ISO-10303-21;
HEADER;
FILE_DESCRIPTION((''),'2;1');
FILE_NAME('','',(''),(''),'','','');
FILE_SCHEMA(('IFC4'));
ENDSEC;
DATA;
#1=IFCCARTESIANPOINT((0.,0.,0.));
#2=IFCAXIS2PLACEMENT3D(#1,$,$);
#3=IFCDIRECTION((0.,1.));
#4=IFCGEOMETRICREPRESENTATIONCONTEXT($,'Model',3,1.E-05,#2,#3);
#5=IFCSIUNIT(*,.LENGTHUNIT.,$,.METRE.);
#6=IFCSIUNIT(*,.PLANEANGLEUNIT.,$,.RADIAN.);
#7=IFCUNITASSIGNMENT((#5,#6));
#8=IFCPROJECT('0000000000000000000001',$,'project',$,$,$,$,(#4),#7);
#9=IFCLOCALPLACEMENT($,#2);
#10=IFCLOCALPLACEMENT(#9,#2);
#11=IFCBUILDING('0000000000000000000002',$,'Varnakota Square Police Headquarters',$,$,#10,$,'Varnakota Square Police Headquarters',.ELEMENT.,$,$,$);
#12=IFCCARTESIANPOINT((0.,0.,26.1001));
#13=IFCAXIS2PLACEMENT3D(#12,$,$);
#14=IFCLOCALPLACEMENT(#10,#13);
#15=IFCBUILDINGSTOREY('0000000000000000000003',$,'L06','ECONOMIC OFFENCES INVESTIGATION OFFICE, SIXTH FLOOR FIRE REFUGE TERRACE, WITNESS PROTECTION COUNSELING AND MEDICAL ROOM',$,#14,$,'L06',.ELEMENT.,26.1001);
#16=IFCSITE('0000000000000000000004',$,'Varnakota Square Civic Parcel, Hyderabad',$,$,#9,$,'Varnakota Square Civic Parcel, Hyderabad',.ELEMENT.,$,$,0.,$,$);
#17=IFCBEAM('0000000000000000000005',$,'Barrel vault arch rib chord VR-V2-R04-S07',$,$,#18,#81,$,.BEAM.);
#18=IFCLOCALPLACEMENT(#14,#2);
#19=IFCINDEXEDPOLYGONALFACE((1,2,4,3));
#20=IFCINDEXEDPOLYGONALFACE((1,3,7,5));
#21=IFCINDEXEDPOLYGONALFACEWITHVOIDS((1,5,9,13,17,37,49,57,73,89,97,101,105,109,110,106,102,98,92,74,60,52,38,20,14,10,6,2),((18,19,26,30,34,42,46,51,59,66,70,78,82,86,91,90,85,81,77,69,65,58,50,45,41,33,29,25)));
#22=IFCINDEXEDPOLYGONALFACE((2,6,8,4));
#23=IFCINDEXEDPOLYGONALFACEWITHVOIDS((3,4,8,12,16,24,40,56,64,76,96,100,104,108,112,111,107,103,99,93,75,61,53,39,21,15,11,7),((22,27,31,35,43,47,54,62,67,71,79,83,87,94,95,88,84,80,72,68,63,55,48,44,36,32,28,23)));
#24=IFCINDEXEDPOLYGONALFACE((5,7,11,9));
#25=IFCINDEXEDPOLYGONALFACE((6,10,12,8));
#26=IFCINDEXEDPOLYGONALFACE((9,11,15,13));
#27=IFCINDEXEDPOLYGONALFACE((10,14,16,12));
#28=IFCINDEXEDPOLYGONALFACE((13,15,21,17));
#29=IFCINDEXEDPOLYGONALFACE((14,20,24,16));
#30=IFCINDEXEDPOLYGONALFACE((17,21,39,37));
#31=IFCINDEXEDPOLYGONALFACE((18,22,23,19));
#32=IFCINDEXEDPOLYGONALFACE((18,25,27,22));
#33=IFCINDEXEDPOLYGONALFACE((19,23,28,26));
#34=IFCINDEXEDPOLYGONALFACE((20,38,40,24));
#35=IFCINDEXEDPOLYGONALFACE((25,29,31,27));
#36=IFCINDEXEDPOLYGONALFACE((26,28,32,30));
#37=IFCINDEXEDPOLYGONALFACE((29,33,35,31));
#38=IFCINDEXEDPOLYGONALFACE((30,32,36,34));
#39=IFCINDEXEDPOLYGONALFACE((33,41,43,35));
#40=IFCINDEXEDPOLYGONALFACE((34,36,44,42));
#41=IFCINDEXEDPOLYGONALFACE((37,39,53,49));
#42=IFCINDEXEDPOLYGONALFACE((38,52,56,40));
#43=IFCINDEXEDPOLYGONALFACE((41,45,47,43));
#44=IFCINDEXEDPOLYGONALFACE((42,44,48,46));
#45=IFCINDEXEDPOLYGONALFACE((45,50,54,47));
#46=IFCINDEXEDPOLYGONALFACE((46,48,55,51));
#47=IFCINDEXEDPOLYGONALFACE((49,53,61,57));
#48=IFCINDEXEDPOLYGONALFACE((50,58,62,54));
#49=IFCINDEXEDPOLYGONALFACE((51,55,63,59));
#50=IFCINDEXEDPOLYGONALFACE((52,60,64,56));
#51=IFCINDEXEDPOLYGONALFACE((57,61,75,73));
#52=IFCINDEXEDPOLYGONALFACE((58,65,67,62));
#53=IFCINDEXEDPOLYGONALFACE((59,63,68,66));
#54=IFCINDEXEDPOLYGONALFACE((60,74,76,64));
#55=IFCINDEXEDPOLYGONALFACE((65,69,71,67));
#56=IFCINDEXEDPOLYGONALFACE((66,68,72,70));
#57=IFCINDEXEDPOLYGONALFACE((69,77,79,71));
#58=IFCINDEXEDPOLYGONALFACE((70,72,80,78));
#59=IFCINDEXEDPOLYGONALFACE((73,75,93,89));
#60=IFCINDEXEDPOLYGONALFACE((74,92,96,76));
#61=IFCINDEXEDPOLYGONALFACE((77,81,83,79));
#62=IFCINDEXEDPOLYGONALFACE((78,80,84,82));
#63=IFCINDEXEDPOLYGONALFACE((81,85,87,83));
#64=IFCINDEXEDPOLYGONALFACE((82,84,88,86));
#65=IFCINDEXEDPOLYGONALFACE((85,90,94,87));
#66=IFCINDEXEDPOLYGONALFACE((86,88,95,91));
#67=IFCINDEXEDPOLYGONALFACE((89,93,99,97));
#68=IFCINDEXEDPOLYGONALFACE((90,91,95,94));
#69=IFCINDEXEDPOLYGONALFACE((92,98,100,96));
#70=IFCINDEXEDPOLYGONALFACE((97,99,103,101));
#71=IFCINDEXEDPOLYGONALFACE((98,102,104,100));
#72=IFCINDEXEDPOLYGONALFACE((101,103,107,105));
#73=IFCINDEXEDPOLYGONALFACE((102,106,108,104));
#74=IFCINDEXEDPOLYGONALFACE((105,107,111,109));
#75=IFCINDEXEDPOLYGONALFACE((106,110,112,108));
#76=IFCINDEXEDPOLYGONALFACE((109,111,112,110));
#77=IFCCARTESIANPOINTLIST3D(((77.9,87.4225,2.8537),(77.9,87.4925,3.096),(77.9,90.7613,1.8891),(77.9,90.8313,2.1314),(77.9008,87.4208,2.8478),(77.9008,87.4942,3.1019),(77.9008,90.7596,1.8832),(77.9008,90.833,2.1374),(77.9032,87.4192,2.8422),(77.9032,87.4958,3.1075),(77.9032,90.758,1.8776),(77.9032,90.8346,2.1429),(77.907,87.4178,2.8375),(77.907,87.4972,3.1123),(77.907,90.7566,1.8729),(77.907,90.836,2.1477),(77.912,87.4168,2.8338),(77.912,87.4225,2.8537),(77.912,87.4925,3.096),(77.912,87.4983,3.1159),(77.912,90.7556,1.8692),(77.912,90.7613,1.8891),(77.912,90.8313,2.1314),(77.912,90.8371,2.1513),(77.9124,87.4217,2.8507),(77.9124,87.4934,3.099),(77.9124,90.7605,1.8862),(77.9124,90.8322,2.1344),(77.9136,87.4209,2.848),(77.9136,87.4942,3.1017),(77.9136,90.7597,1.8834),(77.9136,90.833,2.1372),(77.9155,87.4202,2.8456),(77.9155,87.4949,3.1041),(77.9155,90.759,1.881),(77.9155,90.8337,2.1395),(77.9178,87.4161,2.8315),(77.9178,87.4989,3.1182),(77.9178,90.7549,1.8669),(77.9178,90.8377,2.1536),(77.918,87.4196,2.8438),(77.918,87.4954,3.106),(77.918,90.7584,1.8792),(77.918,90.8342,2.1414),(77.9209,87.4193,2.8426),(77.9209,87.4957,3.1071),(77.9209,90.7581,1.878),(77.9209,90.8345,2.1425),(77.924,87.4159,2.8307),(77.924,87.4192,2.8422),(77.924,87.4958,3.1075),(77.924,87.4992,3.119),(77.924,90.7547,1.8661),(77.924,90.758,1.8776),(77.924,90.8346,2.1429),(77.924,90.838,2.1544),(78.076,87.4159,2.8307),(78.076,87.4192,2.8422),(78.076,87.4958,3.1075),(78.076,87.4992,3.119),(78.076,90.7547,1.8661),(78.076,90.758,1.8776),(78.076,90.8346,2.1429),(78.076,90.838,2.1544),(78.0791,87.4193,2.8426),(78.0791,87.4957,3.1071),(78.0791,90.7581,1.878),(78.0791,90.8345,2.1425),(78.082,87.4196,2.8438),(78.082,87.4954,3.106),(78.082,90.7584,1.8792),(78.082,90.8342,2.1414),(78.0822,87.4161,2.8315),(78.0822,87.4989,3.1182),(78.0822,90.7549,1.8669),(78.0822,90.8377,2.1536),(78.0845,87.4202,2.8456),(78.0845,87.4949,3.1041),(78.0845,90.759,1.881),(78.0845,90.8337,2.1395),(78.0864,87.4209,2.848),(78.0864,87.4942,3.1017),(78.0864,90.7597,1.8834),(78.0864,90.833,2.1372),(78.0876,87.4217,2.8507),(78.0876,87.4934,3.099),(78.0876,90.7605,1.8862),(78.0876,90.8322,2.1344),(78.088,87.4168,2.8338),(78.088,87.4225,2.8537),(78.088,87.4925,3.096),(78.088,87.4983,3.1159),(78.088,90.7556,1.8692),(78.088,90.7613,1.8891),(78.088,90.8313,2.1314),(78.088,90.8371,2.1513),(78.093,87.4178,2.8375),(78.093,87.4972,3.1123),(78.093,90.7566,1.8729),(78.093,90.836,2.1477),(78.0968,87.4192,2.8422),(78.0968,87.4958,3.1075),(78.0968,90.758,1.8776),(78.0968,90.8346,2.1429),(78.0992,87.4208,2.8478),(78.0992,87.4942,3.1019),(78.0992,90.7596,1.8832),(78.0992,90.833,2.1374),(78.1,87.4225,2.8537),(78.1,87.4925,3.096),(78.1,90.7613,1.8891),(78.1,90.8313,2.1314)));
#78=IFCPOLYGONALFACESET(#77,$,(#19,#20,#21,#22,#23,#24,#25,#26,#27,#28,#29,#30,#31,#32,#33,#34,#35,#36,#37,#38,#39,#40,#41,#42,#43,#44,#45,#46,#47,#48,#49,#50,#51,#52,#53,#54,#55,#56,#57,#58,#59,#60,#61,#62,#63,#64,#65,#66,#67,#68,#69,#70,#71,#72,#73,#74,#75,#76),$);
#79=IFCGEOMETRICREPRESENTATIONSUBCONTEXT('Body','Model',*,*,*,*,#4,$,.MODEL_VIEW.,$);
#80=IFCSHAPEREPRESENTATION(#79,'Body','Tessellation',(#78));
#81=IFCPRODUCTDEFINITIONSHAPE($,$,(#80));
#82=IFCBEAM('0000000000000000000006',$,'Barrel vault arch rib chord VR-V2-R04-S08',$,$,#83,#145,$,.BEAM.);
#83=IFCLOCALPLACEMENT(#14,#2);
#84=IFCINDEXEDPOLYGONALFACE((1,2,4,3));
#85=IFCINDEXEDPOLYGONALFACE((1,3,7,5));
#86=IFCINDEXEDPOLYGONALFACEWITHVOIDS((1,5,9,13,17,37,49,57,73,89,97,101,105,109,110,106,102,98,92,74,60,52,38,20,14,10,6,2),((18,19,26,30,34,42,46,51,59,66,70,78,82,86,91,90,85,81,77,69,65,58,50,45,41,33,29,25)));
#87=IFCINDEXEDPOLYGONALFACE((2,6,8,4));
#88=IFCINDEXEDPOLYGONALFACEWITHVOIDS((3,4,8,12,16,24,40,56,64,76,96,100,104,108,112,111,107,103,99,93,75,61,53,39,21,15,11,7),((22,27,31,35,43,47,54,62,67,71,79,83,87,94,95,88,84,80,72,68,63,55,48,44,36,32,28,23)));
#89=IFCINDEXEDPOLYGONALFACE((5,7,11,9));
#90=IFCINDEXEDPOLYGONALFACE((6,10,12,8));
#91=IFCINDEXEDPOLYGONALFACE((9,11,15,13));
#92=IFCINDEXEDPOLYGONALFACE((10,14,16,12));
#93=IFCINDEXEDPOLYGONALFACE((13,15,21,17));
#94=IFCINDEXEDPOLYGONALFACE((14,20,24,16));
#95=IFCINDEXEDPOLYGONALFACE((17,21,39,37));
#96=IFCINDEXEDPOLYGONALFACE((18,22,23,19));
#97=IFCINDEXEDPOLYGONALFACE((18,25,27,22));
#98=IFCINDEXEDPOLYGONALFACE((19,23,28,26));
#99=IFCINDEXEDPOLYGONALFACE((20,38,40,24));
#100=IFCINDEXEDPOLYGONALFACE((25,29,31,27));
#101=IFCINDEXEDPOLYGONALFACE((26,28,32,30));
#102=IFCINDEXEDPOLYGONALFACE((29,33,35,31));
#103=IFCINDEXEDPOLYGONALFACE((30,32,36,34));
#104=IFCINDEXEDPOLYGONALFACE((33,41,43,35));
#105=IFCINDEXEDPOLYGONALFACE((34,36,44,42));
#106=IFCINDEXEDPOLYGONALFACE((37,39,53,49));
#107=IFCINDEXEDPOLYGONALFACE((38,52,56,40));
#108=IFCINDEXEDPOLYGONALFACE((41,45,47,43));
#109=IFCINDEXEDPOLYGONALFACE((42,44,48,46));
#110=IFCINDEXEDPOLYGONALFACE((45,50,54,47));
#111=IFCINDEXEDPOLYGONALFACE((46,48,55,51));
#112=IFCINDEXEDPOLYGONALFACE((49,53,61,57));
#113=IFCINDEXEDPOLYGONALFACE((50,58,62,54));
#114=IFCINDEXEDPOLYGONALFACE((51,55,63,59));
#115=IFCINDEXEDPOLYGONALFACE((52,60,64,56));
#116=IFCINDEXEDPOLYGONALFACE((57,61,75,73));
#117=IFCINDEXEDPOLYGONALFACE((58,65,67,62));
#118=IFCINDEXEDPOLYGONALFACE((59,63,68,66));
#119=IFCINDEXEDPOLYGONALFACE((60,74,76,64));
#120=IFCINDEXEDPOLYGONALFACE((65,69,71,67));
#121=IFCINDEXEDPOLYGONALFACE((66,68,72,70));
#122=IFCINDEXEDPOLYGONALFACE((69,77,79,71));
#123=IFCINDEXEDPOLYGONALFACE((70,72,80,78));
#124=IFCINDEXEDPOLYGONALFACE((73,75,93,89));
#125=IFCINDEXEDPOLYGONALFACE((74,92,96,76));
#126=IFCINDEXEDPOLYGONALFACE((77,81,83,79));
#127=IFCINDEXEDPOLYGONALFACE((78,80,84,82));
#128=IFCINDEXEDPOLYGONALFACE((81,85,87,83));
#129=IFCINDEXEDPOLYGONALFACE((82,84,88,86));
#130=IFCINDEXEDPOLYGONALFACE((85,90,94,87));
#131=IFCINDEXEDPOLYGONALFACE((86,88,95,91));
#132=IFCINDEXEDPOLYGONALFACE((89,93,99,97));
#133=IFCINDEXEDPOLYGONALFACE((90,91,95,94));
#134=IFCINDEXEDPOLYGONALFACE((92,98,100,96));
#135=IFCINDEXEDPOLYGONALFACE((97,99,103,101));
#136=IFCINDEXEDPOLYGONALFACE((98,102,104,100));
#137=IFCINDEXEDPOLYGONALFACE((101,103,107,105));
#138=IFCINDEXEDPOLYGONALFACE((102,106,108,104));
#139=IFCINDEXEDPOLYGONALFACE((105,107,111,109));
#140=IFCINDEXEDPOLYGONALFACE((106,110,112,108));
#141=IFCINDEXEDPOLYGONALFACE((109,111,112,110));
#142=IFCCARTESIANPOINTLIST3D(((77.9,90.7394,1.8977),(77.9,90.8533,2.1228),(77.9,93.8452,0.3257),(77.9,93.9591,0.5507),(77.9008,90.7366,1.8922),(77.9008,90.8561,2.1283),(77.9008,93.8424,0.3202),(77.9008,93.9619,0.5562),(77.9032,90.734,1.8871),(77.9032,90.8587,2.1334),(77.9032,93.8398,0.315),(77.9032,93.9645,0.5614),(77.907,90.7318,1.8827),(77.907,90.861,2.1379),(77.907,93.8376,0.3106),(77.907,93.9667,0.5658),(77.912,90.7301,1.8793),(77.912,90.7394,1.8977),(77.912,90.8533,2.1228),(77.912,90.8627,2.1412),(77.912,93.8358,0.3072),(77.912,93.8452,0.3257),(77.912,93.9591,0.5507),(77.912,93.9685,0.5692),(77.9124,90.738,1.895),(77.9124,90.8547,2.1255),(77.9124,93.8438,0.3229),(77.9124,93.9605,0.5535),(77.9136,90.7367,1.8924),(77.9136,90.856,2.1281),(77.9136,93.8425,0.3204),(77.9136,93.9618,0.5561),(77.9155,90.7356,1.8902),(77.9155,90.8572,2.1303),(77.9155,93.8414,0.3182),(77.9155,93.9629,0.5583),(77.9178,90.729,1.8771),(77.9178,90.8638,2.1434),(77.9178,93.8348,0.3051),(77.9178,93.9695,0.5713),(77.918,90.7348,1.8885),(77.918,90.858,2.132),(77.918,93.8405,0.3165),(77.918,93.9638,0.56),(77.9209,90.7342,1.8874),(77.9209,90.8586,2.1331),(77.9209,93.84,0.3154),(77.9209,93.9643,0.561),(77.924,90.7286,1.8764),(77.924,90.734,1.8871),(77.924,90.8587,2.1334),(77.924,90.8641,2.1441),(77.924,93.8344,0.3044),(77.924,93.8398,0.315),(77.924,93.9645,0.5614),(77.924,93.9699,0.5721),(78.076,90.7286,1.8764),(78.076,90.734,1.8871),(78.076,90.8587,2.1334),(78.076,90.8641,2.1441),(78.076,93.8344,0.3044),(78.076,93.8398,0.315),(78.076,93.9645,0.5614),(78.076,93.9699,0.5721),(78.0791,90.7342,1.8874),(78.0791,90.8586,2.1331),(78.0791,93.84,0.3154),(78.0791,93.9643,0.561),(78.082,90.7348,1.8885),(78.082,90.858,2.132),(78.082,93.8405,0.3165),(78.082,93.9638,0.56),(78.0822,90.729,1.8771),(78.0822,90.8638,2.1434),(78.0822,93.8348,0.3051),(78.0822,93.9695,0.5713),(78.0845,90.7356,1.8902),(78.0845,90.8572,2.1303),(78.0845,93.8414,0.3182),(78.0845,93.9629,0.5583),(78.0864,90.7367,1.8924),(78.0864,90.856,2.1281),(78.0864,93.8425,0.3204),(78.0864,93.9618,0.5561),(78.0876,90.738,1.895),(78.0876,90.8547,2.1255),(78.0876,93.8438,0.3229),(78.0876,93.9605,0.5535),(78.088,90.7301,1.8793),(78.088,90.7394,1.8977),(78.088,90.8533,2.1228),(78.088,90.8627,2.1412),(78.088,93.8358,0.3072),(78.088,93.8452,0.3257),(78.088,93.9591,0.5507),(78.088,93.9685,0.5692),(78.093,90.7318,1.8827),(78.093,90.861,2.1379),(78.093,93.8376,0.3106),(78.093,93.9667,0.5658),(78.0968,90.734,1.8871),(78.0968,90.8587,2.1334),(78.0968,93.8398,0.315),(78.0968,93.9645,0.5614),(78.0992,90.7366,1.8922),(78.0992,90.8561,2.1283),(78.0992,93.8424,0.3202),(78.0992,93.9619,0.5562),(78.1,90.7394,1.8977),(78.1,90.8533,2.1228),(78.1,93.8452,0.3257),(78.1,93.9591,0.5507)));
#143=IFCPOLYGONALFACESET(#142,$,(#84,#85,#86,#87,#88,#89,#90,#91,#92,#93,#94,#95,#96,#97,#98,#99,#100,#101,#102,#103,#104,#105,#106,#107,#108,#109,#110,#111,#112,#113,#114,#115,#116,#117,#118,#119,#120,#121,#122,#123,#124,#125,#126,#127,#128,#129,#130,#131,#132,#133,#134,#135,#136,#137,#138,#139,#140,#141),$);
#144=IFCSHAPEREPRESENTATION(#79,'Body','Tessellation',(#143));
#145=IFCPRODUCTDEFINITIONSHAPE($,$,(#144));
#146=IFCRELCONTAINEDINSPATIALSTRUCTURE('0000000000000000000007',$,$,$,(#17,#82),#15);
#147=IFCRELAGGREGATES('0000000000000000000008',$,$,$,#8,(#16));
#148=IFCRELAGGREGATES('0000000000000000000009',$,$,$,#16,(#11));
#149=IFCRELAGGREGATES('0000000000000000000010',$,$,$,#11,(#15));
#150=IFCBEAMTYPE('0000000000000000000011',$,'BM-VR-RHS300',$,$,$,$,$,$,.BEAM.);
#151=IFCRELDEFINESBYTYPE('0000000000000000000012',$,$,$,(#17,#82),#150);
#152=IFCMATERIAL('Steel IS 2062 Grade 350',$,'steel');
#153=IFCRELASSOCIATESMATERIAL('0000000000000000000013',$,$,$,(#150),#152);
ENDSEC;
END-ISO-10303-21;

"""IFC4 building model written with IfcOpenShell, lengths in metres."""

from ifc_helpers import new_model, si_unit, direction, frame, origin, origin_2d, place, context, subcontext, project, spatial, hollow_rectangle, extrude, material, material_profile, profile_set, type_object, element, save


model = new_model("IFC4")

# Units and contexts
model_context = context("Model", 3, precision=1e-05, world=origin(), true_north=direction((0.0, 1.0)))
body_context = subcontext(model_context, "Body", "Model", "MODEL_VIEW")
ifc_project = project(units=[si_unit("LENGTHUNIT", "METRE"), si_unit("PLANEANGLEUNIT", "RADIAN")], contexts=[model_context])

# Site, building, storey
site_placement = place(None, origin())
site = spatial("IfcSite", under=ifc_project, at=site_placement, Name="Varnakota Square Civic Parcel, Hyderabad", LongName="Varnakota Square Civic Parcel, Hyderabad", CompositionType="ELEMENT", RefElevation=0.0)
building_placement = place(site_placement, origin())
building = spatial("IfcBuilding", under=site, at=building_placement, Name="Varnakota Square Police Headquarters", LongName="Varnakota Square Police Headquarters", CompositionType="ELEMENT")
storey_placement = place(building_placement, frame((0.0, 0.0, 26.1001)))
storey = spatial("IfcBuildingStorey", under=building, at=storey_placement, Name="L06", Description="ECONOMIC OFFENCES INVESTIGATION OFFICE, SIXTH FLOOR FIRE REFUGE TERRACE, WITNESS PROTECTION COUNSELING AND MEDICAL ROOM", LongName="L06", CompositionType="ELEMENT", Elevation=26.1001)

# Beams
ifc_material_1 = material(Name="Steel IS 2062 Grade 350", Category="steel")
ifc_material_profile_1 = material_profile(ifc_material_1, hollow_rectangle(XDim=0.2, YDim=0.3, WallThickness=0.012, InnerFilletRadius=0.012, OuterFilletRadius=0.0239, at=origin_2d()), Name="RHS 300x200x12")
ifc_profile_set_1 = profile_set([ifc_material_profile_1], Name="Steel IS 2062 Grade 350")
beam_type = type_object("IfcBeamType", Name="BM-VR-RHS300", PredefinedType="BEAM", material=ifc_profile_set_1)
beam_1_placement = place(storey_placement, frame((78.0, 87.4575, 2.9749), z_axis=(0.0, 0.960711, -0.27755), x_axis=(-1.0, 0.0, 0.0)))
element("IfcBeam", 1, at=beam_1_placement, inside=storey, type_object=beam_type, Name="Barrel vault arch rib chord VR-V2-R04-S07", PredefinedType="BEAM", context=body_context, shape_type="SweptSolid", body=[
    extrude(hollow_rectangle(XDim=0.2, YDim=0.3, WallThickness=0.012, InnerFilletRadius=0.012, OuterFilletRadius=0.0239, at=origin_2d()), origin(), (0.0, 0.0, 1.0), 3.4753),
])
beam_2_placement = place(storey_placement, frame((78.0, 90.7964, 2.0103), z_axis=(0.0, 0.892214, -0.451613), x_axis=(-1.0, 0.0, 0.0)))
element("IfcBeam", 2, at=beam_2_placement, inside=storey, type_object=beam_type, Name="Barrel vault arch rib chord VR-V2-R04-S08", PredefinedType="BEAM", context=body_context, shape_type="SweptSolid", body=[
    extrude(hollow_rectangle(XDim=0.2, YDim=0.3, WallThickness=0.012, InnerFilletRadius=0.012, OuterFilletRadius=0.0239, at=origin_2d()), origin(), (0.0, 0.0, 1.0), 3.481),
])

save(model, "model.ifc")
